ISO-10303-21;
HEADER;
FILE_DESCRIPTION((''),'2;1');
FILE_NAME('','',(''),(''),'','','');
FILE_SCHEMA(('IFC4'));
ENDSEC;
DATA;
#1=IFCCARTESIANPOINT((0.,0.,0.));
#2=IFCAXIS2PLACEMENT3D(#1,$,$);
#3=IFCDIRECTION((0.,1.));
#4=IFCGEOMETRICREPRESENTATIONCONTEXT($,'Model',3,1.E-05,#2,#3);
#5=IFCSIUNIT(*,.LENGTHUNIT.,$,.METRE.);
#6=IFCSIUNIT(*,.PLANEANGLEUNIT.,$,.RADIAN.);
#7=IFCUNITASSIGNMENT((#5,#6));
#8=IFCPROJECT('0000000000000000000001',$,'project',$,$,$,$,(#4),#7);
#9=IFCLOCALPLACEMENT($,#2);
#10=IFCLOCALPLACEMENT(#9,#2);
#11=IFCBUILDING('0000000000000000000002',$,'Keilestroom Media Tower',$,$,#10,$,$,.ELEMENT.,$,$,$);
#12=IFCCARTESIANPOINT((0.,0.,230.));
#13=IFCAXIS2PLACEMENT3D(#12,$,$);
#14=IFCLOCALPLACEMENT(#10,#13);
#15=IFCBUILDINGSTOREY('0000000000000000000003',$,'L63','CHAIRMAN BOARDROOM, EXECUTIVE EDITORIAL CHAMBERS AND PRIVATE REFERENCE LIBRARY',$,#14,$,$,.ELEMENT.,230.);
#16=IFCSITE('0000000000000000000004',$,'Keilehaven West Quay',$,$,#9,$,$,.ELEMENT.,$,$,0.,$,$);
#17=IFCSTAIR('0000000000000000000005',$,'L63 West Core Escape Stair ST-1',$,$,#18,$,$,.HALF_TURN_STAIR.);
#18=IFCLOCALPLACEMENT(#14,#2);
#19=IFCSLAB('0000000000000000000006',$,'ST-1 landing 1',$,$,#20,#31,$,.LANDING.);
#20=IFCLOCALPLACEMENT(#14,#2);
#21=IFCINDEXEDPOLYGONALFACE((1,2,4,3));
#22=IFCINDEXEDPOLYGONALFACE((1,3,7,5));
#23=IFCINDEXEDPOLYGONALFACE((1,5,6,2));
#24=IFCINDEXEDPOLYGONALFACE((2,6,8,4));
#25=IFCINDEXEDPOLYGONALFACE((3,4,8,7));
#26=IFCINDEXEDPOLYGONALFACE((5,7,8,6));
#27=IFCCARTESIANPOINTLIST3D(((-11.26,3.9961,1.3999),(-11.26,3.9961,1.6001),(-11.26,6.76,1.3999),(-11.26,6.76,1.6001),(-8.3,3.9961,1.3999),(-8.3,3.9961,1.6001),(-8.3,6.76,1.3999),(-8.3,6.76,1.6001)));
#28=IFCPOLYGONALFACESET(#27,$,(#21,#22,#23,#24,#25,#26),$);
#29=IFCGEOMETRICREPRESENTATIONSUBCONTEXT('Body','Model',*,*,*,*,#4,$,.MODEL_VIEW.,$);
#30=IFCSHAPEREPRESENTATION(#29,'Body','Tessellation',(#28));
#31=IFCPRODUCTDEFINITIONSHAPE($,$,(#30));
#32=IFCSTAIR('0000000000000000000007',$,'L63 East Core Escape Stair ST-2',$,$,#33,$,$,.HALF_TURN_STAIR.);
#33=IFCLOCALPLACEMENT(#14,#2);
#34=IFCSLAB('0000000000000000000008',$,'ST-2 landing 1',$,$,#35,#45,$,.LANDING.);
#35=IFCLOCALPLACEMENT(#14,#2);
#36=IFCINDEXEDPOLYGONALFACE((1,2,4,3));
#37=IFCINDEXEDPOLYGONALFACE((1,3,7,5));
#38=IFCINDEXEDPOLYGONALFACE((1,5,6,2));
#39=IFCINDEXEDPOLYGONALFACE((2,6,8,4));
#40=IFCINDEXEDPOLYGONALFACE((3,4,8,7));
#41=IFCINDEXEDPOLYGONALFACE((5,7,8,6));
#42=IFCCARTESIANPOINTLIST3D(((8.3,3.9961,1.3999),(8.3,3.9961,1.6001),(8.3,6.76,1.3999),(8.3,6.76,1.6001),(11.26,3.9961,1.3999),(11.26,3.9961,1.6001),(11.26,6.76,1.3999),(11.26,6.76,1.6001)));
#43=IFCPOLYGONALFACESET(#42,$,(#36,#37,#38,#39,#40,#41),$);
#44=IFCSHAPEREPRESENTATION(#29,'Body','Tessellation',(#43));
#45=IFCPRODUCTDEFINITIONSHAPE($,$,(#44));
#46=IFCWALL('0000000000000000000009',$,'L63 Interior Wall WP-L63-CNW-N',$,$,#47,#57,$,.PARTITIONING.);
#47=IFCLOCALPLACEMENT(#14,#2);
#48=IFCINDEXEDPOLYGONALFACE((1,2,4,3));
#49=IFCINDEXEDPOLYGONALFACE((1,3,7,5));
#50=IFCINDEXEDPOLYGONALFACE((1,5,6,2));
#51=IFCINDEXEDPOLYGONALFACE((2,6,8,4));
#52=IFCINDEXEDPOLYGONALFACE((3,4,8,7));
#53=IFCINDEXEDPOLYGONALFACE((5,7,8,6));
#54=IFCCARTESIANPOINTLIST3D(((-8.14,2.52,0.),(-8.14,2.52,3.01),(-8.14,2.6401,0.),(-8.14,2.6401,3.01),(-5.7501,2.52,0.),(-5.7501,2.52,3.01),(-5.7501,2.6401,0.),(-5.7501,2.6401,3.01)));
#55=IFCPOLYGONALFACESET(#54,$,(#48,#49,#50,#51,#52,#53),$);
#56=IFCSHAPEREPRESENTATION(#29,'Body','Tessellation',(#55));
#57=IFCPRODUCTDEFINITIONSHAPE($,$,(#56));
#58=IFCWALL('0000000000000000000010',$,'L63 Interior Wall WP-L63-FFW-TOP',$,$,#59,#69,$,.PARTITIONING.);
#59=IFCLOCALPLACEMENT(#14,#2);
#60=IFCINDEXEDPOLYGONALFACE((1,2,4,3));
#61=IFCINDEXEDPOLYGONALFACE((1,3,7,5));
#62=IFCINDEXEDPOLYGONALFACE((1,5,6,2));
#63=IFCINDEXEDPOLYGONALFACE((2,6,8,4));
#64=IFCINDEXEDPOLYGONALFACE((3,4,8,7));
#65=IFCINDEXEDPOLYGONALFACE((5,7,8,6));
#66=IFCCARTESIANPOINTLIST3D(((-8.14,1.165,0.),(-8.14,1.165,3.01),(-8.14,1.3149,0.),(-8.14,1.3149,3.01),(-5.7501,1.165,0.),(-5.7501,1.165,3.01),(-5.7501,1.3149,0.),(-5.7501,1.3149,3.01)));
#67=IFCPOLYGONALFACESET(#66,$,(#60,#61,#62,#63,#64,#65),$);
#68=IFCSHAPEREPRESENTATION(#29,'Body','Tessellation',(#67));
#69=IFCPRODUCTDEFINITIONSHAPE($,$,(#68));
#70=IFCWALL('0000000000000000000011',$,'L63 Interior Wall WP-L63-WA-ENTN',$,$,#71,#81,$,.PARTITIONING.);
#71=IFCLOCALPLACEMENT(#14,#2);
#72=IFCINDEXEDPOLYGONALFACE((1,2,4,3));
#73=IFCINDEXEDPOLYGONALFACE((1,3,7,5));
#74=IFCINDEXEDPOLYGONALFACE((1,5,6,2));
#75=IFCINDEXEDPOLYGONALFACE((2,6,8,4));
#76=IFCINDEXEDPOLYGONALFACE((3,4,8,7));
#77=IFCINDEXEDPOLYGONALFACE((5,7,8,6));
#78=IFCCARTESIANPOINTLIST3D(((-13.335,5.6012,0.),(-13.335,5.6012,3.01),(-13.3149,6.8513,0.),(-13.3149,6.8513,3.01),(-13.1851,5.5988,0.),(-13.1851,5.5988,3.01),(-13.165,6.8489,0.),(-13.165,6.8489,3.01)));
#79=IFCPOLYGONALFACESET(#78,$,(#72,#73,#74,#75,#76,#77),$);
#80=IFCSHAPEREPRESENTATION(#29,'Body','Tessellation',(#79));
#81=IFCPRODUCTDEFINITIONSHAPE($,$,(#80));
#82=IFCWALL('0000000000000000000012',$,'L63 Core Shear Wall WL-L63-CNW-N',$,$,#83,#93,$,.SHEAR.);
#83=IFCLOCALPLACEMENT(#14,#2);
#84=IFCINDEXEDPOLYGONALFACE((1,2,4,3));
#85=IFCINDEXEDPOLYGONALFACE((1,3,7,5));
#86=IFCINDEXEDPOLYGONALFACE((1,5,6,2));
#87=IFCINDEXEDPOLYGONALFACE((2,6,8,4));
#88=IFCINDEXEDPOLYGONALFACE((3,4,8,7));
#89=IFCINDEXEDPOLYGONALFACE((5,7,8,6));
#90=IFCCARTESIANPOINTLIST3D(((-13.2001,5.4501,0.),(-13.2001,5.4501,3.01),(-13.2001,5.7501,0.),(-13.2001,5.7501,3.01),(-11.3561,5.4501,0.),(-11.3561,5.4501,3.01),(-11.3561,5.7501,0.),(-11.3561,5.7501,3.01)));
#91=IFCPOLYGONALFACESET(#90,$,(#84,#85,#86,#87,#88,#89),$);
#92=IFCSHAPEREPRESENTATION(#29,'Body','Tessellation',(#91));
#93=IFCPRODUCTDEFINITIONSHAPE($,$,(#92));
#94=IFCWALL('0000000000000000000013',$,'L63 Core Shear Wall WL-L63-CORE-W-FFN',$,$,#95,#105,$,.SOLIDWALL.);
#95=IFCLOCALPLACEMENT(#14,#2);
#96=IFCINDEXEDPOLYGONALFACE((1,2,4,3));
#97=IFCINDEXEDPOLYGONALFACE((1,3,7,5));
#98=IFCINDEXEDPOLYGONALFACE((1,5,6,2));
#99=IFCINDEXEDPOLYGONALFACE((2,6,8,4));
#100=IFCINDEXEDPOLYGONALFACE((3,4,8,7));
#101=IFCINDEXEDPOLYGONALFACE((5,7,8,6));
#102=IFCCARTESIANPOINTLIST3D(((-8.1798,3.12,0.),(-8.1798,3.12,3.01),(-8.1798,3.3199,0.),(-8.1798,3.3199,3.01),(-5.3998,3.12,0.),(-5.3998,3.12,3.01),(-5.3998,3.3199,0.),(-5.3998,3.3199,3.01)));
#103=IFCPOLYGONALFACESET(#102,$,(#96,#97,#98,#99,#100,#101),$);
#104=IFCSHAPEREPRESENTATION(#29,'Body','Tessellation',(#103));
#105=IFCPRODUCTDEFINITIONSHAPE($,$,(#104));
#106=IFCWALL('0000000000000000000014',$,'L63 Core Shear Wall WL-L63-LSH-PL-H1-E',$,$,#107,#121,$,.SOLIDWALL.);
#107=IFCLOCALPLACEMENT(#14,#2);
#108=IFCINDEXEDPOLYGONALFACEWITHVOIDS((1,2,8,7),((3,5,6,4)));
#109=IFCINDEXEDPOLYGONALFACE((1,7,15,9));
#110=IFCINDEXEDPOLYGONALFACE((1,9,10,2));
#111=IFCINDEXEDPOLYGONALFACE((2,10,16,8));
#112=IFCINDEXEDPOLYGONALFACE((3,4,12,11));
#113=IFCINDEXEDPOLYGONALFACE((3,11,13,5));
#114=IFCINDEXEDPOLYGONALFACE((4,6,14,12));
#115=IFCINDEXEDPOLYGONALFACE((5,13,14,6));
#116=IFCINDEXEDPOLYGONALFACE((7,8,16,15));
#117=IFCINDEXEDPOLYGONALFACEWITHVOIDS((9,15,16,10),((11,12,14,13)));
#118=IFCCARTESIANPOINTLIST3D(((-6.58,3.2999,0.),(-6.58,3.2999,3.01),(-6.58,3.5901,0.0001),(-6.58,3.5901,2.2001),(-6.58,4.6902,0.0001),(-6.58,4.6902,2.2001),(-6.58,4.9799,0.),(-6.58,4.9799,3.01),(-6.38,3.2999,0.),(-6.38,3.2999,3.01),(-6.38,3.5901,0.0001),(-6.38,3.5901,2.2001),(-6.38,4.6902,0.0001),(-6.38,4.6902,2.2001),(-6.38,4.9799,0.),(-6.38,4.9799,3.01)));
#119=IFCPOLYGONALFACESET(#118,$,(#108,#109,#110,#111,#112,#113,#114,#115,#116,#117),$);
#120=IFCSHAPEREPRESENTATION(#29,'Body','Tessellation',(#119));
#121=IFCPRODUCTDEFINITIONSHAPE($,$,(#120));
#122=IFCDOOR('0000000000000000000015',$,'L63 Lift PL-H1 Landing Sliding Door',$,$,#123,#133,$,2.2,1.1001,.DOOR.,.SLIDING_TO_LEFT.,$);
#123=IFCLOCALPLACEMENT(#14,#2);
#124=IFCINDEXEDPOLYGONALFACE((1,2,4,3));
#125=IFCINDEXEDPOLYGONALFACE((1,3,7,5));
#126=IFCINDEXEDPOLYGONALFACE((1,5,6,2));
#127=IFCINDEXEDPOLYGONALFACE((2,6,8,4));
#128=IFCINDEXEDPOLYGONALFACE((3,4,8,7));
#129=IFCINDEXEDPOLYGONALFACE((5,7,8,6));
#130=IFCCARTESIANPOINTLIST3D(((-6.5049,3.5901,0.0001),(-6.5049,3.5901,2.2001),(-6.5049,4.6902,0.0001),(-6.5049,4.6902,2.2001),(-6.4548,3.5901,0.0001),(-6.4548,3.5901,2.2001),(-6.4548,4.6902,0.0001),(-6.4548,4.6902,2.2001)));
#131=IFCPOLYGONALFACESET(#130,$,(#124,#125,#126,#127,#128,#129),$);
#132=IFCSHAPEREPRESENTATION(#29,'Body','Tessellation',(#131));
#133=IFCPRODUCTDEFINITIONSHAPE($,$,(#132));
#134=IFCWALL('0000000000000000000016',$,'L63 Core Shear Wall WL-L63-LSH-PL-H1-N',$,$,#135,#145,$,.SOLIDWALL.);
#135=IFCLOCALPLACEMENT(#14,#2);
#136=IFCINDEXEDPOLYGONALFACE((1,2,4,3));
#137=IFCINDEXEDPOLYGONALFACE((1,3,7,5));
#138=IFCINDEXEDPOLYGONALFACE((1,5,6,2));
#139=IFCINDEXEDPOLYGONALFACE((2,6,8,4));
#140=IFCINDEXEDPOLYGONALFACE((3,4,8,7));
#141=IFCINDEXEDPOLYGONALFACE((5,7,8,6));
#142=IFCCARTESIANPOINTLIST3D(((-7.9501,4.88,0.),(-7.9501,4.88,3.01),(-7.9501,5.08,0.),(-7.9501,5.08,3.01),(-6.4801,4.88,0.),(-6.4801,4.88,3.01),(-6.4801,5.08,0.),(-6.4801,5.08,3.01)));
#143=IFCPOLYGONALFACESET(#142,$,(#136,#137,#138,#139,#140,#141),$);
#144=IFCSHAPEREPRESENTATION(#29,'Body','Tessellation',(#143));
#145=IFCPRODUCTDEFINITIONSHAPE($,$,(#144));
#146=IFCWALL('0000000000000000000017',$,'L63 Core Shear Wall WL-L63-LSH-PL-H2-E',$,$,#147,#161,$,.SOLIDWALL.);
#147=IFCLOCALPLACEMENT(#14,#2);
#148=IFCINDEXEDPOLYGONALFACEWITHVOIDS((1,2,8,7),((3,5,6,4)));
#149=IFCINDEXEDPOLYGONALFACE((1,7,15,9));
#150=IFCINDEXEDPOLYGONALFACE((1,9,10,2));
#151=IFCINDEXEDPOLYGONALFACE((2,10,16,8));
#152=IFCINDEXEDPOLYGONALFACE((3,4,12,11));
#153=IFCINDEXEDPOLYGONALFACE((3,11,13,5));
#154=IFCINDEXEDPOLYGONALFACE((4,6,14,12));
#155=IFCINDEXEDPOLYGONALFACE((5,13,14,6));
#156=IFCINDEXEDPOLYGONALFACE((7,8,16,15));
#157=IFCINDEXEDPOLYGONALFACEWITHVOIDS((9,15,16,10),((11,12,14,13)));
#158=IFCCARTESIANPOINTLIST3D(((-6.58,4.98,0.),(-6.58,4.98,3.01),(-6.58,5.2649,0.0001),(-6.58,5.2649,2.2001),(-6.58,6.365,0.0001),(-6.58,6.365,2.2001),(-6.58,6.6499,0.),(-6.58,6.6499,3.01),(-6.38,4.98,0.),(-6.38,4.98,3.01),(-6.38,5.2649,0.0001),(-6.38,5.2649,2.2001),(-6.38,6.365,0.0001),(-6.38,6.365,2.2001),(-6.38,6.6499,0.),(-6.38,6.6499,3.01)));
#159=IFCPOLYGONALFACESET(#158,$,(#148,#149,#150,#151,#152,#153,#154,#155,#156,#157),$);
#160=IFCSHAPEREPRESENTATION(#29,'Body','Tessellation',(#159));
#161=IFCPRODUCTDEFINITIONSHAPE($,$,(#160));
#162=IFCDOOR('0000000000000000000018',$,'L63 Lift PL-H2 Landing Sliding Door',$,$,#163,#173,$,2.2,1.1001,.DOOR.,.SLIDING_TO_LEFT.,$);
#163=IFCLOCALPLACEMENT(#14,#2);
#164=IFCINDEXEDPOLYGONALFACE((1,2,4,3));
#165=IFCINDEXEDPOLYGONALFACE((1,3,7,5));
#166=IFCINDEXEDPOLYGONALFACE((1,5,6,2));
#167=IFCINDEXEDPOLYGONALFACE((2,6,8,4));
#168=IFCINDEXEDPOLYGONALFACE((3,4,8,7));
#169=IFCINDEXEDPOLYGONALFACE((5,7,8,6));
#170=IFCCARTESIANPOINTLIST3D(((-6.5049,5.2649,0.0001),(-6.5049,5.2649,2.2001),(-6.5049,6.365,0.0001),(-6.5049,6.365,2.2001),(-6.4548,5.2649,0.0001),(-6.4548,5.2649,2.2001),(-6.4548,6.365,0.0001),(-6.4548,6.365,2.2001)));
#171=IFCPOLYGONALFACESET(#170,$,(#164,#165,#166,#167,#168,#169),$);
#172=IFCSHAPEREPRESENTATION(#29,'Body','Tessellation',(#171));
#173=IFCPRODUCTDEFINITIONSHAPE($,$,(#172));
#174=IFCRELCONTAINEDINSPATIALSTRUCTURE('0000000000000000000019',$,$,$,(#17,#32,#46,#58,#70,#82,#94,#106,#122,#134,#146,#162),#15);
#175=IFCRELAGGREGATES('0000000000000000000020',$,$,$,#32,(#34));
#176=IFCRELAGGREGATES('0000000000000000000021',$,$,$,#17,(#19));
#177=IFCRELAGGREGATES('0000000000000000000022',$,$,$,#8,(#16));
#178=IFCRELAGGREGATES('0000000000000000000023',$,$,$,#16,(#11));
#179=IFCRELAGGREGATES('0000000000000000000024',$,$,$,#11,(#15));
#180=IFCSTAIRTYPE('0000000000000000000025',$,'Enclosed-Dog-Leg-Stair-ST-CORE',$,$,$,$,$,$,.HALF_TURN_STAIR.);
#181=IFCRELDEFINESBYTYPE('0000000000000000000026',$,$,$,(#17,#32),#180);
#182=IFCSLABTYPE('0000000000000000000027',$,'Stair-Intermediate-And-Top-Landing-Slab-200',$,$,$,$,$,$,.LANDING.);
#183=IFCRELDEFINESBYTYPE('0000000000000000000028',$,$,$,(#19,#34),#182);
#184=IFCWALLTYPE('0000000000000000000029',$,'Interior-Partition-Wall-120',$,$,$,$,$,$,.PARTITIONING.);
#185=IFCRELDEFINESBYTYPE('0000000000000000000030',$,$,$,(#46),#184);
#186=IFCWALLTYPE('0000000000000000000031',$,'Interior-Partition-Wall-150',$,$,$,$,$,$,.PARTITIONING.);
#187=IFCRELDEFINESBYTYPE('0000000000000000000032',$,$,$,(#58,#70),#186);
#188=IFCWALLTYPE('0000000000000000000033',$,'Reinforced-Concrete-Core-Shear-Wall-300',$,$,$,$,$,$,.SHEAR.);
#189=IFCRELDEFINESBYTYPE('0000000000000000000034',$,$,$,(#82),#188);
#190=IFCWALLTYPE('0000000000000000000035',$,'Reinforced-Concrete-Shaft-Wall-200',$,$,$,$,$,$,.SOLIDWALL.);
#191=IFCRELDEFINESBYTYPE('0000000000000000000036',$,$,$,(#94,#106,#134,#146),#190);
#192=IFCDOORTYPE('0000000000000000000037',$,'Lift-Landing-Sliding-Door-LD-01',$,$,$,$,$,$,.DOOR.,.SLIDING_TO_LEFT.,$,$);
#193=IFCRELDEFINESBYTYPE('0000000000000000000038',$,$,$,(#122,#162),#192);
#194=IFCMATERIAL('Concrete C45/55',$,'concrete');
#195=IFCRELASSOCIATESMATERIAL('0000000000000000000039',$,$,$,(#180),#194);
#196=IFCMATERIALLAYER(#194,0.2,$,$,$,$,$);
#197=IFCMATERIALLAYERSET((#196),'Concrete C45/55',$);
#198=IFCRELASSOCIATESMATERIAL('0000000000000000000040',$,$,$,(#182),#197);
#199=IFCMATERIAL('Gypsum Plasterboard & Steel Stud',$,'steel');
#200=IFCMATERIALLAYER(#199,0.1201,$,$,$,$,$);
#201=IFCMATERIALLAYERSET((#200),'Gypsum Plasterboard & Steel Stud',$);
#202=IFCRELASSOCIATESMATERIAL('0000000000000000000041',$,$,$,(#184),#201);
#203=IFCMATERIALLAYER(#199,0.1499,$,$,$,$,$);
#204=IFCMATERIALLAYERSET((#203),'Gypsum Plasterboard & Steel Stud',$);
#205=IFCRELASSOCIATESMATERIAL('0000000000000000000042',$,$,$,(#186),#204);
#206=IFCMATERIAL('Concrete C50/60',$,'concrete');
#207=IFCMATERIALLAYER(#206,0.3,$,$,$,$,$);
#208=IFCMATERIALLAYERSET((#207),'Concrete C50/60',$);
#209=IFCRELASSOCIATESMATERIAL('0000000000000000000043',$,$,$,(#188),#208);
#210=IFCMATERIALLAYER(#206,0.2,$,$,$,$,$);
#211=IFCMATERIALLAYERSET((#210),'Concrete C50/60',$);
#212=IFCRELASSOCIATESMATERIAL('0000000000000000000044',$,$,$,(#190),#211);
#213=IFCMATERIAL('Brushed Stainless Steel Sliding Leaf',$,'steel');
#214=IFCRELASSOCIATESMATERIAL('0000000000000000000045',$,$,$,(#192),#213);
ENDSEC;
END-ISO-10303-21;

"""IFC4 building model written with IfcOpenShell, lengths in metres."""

from ifc_helpers import new_model, si_unit, direction, frame, frame_2d, origin, place, context, subcontext, project, spatial, polyline, rectangle, outline, extrude, source, transform, mapped, material, layer, layer_set, type_object, element, fill, aggregate, save


model = new_model("IFC4")

# Units and contexts
model_context = context("Model", 3, precision=1e-05, world=origin(), true_north=direction((0.0, 1.0)))
body_context = subcontext(model_context, "Body", "Model", "MODEL_VIEW")
ifc_project = project(units=[si_unit("LENGTHUNIT", "METRE"), si_unit("PLANEANGLEUNIT", "RADIAN")], contexts=[model_context])

# Site, building, storey
site_placement = place(None, origin())
site = spatial("IfcSite", under=ifc_project, at=site_placement, Name="Keilehaven West Quay", CompositionType="ELEMENT", RefElevation=0.0)
building_placement = place(site_placement, origin())
building = spatial("IfcBuilding", under=site, at=building_placement, Name="Keilestroom Media Tower", CompositionType="ELEMENT")
storey_placement = place(building_placement, frame((0.0, 0.0, 230.0)))
storey = spatial("IfcBuildingStorey", under=building, at=storey_placement, Name="L63", Description="CHAIRMAN BOARDROOM, EXECUTIVE EDITORIAL CHAMBERS AND PRIVATE REFERENCE LIBRARY", CompositionType="ELEMENT", Elevation=230.0)

# Stairs, slabs
ifc_material_1 = material(Name="Concrete C45/55", Category="concrete")
stair_type = type_object("IfcStairType", Name="Enclosed-Dog-Leg-Stair-ST-CORE", PredefinedType="HALF_TURN_STAIR", material=ifc_material_1)
stair_1_placement = place(storey_placement, origin())
stair_1 = element("IfcStair", 1, at=stair_1_placement, inside=storey, type_object=stair_type, Name="L63 West Core Escape Stair ST-1", PredefinedType="HALF_TURN_STAIR")
ifc_layer_1 = layer(ifc_material_1, 0.2)
ifc_layer_set_1 = layer_set([ifc_layer_1], Name="Concrete C45/55")
slab_type = type_object("IfcSlabType", Name="Stair-Intermediate-And-Top-Landing-Slab-200", PredefinedType="LANDING", material=ifc_layer_set_1)
slab_1_placement = place(storey_placement, frame((0.0, 0.0, 1.3999)))
slab_1 = element("IfcSlab", 2, at=slab_1_placement, type_object=slab_type, Name="ST-1 landing 1", PredefinedType="LANDING", context=body_context, shape_type="SweptSolid", body=[
    extrude(outline(polyline([(-8.3, 3.9961), (-8.3, 6.76), (-11.26, 6.76), (-11.26, 3.9961), (-8.3, 3.9961)])), origin(), (0.0, 0.0, 1.0), 0.2002),
])
stair_2_placement = place(storey_placement, origin())
stair_2 = element("IfcStair", 3, at=stair_2_placement, inside=storey, type_object=stair_type, Name="L63 East Core Escape Stair ST-2", PredefinedType="HALF_TURN_STAIR")
slab_2_placement = place(storey_placement, frame((0.0, 0.0, 1.3999)))
slab_2 = element("IfcSlab", 4, at=slab_2_placement, type_object=slab_type, Name="ST-2 landing 1", PredefinedType="LANDING", context=body_context, shape_type="SweptSolid", body=[
    extrude(outline(polyline([(11.26, 3.9961), (11.26, 6.76), (8.3, 6.76), (8.3, 3.9961), (11.26, 3.9961)])), origin(), (0.0, 0.0, 1.0), 0.2002),
])
aggregate(stair_2, [slab_2])

# Walls
ifc_material_2 = material(Name="Gypsum Plasterboard & Steel Stud", Category="steel")
ifc_layer_2 = layer(ifc_material_2, 0.1201)
ifc_layer_set_2 = layer_set([ifc_layer_2], Name="Gypsum Plasterboard & Steel Stud")
wall_type_1 = type_object("IfcWallType", Name="Interior-Partition-Wall-120", PredefinedType="PARTITIONING", material=ifc_layer_set_2)
wall_1_placement = place(storey_placement, frame((-8.1399, 2.5801, 0.0), z_axis=(0.0, 0.0, 1.0), x_axis=(1.0, 0.0, 0.0)))
element("IfcWall", 5, at=wall_1_placement, inside=storey, type_object=wall_type_1, Name="L63 Interior Wall WP-L63-CNW-N", PredefinedType="PARTITIONING", context=body_context, shape_type="SweptSolid", body=[
    extrude(rectangle(XDim=2.3899, YDim=0.1201, at=frame_2d((1.1948, 0.0))), origin(), (0.0, 0.0, 1.0), 3.01),
])
ifc_layer_3 = layer(ifc_material_2, 0.1499)
ifc_layer_set_3 = layer_set([ifc_layer_3], Name="Gypsum Plasterboard & Steel Stud")
wall_type_2 = type_object("IfcWallType", Name="Interior-Partition-Wall-150", PredefinedType="PARTITIONING", material=ifc_layer_set_3)
wall_2_placement = place(storey_placement, frame((-8.1399, 1.24, 0.0), z_axis=(0.0, 0.0, 1.0), x_axis=(1.0, 0.0, 0.0)))
element("IfcWall", 6, at=wall_2_placement, inside=storey, type_object=wall_type_2, Name="L63 Interior Wall WP-L63-FFW-TOP", PredefinedType="PARTITIONING", context=body_context, shape_type="SweptSolid", body=[
    extrude(rectangle(XDim=2.3899, YDim=0.1499, at=frame_2d((1.1948, 0.0))), origin(), (0.0, 0.0, 1.0), 3.01),
])
wall_3_placement = place(storey_placement, frame((-13.26, 5.6001, 0.0), z_axis=(0.0, 0.0, 1.0), x_axis=(0.016014, 0.999872, 0.0)))
element("IfcWall", 7, at=wall_3_placement, inside=storey, type_object=wall_type_2, Name="L63 Interior Wall WP-L63-WA-ENTN", PredefinedType="PARTITIONING", context=body_context, shape_type="SweptSolid", body=[
    extrude(rectangle(XDim=1.2502, YDim=0.1499, at=frame_2d((0.625, 0.0))), origin(), (0.0, 0.0, 1.0), 3.01),
])
ifc_material_3 = material(Name="Concrete C50/60", Category="concrete")
ifc_layer_4 = layer(ifc_material_3, 0.3)
ifc_layer_set_4 = layer_set([ifc_layer_4], Name="Concrete C50/60")
wall_type_3 = type_object("IfcWallType", Name="Reinforced-Concrete-Core-Shear-Wall-300", PredefinedType="SHEAR", material=ifc_layer_set_4)
wall_4_placement = place(storey_placement, frame((-13.2, 5.6001, 0.0), z_axis=(0.0, 0.0, 1.0), x_axis=(1.0, 0.0, 0.0)))
element("IfcWall", 8, at=wall_4_placement, inside=storey, type_object=wall_type_3, Name="L63 Core Shear Wall WL-L63-CNW-N", PredefinedType="SHEAR", context=body_context, shape_type="SweptSolid", body=[
    extrude(rectangle(XDim=1.844, YDim=0.3, at=frame_2d((0.9219, 0.0))), origin(), (0.0, 0.0, 1.0), 3.01),
])
ifc_layer_5 = layer(ifc_material_3, 0.2)
ifc_layer_set_5 = layer_set([ifc_layer_5], Name="Concrete C50/60")
wall_type_4 = type_object("IfcWallType", Name="Reinforced-Concrete-Shaft-Wall-200", PredefinedType="SOLIDWALL", material=ifc_layer_set_5)
wall_5_placement = place(storey_placement, frame((-8.1799, 3.22, 0.0), z_axis=(0.0, 0.0, 1.0), x_axis=(1.0, 0.0, 0.0)))
element("IfcWall", 9, at=wall_5_placement, inside=storey, type_object=wall_type_4, Name="L63 Core Shear Wall WL-L63-CORE-W-FFN", PredefinedType="SOLIDWALL", context=body_context, shape_type="SweptSolid", body=[
    extrude(rectangle(XDim=2.78, YDim=0.2, at=frame_2d((1.3901, 0.0))), origin(), (0.0, 0.0, 1.0), 3.01),
])

# Wall, opening, door
wall_6_placement = place(storey_placement, frame((-6.48, 3.3, 0.0), z_axis=(0.0, 0.0, 1.0), x_axis=(0.0, 1.0, 0.0)))
wall_6 = element("IfcWall", 10, at=wall_6_placement, inside=storey, type_object=wall_type_4, Name="L63 Core Shear Wall WL-L63-LSH-PL-H1-E", PredefinedType="SOLIDWALL", context=body_context, shape_type="SweptSolid", body=[
    extrude(rectangle(XDim=1.6799, YDim=0.2, at=frame_2d((0.8398, 0.0))), origin(), (0.0, 0.0, 1.0), 3.01),
])
opening_1_placement = place(wall_6_placement, frame((0.29, 0.0, 0.0)))
opening_1 = element("IfcOpeningElement", 11, at=opening_1_placement, cuts=wall_6, PredefinedType="OPENING", context=body_context, shape_type="SweptSolid", body=[
    extrude(rectangle(XDim=1.1001, YDim=2.2, at=frame_2d((0.55, 1.1001))), frame((0.0, 0.1099, 0.0), z_axis=(0.0, -1.0, 0.0), x_axis=(1.0, 0.0, 0.0)), (0.0, 0.0, 1.0), 0.22),
])
ifc_material_4 = material(Name="Brushed Stainless Steel Sliding Leaf", Category="steel")
door_type = type_object("IfcDoorType", Name="Lift-Landing-Sliding-Door-LD-01", OperationType="SLIDING_TO_LEFT", PredefinedType="DOOR", material=ifc_material_4)
shared_shape = source(origin(), body_context, "Body", "SweptSolid", [
    extrude(rectangle(XDim=1.1001, YDim=2.2, at=frame_2d((0.55, 1.1001))), frame((0.0, 0.0249, 0.0), z_axis=(0.0, -1.0, 0.0), x_axis=(1.0, 0.0, 0.0)), (0.0, 0.0, 1.0), 0.05),
])
door_1_placement = place(opening_1_placement, origin())
door_1 = element("IfcDoor", 12, at=door_1_placement, inside=storey, type_object=door_type, Name="L63 Lift PL-H1 Landing Sliding Door", OperationType="SLIDING_TO_LEFT", OverallHeight=2.2, OverallWidth=1.1001, PredefinedType="DOOR", context=body_context, shape_type="MappedRepresentation", body=[
    mapped(shared_shape, transform((0.0, 0.0, 0.0), x_axis=(1.0, 0.0, 0.0), y_axis=(0.0, 1.0, 0.0), z_axis=(0.0, 0.0, 1.0), scale=1.0)),
])
fill(opening_1, door_1)

# Wall
wall_7_placement = place(storey_placement, frame((-7.95, 4.98, 0.0), z_axis=(0.0, 0.0, 1.0), x_axis=(1.0, 0.0, 0.0)))
element("IfcWall", 13, at=wall_7_placement, inside=storey, type_object=wall_type_4, Name="L63 Core Shear Wall WL-L63-LSH-PL-H1-N", PredefinedType="SOLIDWALL", context=body_context, shape_type="SweptSolid", body=[
    extrude(rectangle(XDim=1.47, YDim=0.2, at=frame_2d((0.7349, 0.0))), origin(), (0.0, 0.0, 1.0), 3.01),
])

# Wall, opening, door
wall_8_placement = place(storey_placement, frame((-6.48, 4.98, 0.0), z_axis=(0.0, 0.0, 1.0), x_axis=(0.0, 1.0, 0.0)))
wall_8 = element("IfcWall", 14, at=wall_8_placement, inside=storey, type_object=wall_type_4, Name="L63 Core Shear Wall WL-L63-LSH-PL-H2-E", PredefinedType="SOLIDWALL", context=body_context, shape_type="SweptSolid", body=[
    extrude(rectangle(XDim=1.6699, YDim=0.2, at=frame_2d((0.835, 0.0))), origin(), (0.0, 0.0, 1.0), 3.01),
])
opening_2_placement = place(wall_8_placement, frame((0.2849, 0.0, 0.0)))
opening_2 = element("IfcOpeningElement", 15, at=opening_2_placement, cuts=wall_8, PredefinedType="OPENING", context=body_context, shape_type="SweptSolid", body=[
    extrude(rectangle(XDim=1.1001, YDim=2.2, at=frame_2d((0.55, 1.1001))), frame((0.0, 0.1099, 0.0), z_axis=(0.0, -1.0, 0.0), x_axis=(1.0, 0.0, 0.0)), (0.0, 0.0, 1.0), 0.22),
])
door_2_placement = place(opening_2_placement, origin())
door_2 = element("IfcDoor", 16, at=door_2_placement, inside=storey, type_object=door_type, Name="L63 Lift PL-H2 Landing Sliding Door", OperationType="SLIDING_TO_LEFT", OverallHeight=2.2, OverallWidth=1.1001, PredefinedType="DOOR", context=body_context, shape_type="MappedRepresentation", body=[
    mapped(shared_shape, transform((0.0, 0.0, 0.0), x_axis=(1.0, 0.0, 0.0), y_axis=(0.0, 1.0, 0.0), z_axis=(0.0, 0.0, 1.0), scale=1.0)),
])
fill(opening_2, door_2)

aggregate(stair_1, [slab_1])

save(model, "model.ifc")
